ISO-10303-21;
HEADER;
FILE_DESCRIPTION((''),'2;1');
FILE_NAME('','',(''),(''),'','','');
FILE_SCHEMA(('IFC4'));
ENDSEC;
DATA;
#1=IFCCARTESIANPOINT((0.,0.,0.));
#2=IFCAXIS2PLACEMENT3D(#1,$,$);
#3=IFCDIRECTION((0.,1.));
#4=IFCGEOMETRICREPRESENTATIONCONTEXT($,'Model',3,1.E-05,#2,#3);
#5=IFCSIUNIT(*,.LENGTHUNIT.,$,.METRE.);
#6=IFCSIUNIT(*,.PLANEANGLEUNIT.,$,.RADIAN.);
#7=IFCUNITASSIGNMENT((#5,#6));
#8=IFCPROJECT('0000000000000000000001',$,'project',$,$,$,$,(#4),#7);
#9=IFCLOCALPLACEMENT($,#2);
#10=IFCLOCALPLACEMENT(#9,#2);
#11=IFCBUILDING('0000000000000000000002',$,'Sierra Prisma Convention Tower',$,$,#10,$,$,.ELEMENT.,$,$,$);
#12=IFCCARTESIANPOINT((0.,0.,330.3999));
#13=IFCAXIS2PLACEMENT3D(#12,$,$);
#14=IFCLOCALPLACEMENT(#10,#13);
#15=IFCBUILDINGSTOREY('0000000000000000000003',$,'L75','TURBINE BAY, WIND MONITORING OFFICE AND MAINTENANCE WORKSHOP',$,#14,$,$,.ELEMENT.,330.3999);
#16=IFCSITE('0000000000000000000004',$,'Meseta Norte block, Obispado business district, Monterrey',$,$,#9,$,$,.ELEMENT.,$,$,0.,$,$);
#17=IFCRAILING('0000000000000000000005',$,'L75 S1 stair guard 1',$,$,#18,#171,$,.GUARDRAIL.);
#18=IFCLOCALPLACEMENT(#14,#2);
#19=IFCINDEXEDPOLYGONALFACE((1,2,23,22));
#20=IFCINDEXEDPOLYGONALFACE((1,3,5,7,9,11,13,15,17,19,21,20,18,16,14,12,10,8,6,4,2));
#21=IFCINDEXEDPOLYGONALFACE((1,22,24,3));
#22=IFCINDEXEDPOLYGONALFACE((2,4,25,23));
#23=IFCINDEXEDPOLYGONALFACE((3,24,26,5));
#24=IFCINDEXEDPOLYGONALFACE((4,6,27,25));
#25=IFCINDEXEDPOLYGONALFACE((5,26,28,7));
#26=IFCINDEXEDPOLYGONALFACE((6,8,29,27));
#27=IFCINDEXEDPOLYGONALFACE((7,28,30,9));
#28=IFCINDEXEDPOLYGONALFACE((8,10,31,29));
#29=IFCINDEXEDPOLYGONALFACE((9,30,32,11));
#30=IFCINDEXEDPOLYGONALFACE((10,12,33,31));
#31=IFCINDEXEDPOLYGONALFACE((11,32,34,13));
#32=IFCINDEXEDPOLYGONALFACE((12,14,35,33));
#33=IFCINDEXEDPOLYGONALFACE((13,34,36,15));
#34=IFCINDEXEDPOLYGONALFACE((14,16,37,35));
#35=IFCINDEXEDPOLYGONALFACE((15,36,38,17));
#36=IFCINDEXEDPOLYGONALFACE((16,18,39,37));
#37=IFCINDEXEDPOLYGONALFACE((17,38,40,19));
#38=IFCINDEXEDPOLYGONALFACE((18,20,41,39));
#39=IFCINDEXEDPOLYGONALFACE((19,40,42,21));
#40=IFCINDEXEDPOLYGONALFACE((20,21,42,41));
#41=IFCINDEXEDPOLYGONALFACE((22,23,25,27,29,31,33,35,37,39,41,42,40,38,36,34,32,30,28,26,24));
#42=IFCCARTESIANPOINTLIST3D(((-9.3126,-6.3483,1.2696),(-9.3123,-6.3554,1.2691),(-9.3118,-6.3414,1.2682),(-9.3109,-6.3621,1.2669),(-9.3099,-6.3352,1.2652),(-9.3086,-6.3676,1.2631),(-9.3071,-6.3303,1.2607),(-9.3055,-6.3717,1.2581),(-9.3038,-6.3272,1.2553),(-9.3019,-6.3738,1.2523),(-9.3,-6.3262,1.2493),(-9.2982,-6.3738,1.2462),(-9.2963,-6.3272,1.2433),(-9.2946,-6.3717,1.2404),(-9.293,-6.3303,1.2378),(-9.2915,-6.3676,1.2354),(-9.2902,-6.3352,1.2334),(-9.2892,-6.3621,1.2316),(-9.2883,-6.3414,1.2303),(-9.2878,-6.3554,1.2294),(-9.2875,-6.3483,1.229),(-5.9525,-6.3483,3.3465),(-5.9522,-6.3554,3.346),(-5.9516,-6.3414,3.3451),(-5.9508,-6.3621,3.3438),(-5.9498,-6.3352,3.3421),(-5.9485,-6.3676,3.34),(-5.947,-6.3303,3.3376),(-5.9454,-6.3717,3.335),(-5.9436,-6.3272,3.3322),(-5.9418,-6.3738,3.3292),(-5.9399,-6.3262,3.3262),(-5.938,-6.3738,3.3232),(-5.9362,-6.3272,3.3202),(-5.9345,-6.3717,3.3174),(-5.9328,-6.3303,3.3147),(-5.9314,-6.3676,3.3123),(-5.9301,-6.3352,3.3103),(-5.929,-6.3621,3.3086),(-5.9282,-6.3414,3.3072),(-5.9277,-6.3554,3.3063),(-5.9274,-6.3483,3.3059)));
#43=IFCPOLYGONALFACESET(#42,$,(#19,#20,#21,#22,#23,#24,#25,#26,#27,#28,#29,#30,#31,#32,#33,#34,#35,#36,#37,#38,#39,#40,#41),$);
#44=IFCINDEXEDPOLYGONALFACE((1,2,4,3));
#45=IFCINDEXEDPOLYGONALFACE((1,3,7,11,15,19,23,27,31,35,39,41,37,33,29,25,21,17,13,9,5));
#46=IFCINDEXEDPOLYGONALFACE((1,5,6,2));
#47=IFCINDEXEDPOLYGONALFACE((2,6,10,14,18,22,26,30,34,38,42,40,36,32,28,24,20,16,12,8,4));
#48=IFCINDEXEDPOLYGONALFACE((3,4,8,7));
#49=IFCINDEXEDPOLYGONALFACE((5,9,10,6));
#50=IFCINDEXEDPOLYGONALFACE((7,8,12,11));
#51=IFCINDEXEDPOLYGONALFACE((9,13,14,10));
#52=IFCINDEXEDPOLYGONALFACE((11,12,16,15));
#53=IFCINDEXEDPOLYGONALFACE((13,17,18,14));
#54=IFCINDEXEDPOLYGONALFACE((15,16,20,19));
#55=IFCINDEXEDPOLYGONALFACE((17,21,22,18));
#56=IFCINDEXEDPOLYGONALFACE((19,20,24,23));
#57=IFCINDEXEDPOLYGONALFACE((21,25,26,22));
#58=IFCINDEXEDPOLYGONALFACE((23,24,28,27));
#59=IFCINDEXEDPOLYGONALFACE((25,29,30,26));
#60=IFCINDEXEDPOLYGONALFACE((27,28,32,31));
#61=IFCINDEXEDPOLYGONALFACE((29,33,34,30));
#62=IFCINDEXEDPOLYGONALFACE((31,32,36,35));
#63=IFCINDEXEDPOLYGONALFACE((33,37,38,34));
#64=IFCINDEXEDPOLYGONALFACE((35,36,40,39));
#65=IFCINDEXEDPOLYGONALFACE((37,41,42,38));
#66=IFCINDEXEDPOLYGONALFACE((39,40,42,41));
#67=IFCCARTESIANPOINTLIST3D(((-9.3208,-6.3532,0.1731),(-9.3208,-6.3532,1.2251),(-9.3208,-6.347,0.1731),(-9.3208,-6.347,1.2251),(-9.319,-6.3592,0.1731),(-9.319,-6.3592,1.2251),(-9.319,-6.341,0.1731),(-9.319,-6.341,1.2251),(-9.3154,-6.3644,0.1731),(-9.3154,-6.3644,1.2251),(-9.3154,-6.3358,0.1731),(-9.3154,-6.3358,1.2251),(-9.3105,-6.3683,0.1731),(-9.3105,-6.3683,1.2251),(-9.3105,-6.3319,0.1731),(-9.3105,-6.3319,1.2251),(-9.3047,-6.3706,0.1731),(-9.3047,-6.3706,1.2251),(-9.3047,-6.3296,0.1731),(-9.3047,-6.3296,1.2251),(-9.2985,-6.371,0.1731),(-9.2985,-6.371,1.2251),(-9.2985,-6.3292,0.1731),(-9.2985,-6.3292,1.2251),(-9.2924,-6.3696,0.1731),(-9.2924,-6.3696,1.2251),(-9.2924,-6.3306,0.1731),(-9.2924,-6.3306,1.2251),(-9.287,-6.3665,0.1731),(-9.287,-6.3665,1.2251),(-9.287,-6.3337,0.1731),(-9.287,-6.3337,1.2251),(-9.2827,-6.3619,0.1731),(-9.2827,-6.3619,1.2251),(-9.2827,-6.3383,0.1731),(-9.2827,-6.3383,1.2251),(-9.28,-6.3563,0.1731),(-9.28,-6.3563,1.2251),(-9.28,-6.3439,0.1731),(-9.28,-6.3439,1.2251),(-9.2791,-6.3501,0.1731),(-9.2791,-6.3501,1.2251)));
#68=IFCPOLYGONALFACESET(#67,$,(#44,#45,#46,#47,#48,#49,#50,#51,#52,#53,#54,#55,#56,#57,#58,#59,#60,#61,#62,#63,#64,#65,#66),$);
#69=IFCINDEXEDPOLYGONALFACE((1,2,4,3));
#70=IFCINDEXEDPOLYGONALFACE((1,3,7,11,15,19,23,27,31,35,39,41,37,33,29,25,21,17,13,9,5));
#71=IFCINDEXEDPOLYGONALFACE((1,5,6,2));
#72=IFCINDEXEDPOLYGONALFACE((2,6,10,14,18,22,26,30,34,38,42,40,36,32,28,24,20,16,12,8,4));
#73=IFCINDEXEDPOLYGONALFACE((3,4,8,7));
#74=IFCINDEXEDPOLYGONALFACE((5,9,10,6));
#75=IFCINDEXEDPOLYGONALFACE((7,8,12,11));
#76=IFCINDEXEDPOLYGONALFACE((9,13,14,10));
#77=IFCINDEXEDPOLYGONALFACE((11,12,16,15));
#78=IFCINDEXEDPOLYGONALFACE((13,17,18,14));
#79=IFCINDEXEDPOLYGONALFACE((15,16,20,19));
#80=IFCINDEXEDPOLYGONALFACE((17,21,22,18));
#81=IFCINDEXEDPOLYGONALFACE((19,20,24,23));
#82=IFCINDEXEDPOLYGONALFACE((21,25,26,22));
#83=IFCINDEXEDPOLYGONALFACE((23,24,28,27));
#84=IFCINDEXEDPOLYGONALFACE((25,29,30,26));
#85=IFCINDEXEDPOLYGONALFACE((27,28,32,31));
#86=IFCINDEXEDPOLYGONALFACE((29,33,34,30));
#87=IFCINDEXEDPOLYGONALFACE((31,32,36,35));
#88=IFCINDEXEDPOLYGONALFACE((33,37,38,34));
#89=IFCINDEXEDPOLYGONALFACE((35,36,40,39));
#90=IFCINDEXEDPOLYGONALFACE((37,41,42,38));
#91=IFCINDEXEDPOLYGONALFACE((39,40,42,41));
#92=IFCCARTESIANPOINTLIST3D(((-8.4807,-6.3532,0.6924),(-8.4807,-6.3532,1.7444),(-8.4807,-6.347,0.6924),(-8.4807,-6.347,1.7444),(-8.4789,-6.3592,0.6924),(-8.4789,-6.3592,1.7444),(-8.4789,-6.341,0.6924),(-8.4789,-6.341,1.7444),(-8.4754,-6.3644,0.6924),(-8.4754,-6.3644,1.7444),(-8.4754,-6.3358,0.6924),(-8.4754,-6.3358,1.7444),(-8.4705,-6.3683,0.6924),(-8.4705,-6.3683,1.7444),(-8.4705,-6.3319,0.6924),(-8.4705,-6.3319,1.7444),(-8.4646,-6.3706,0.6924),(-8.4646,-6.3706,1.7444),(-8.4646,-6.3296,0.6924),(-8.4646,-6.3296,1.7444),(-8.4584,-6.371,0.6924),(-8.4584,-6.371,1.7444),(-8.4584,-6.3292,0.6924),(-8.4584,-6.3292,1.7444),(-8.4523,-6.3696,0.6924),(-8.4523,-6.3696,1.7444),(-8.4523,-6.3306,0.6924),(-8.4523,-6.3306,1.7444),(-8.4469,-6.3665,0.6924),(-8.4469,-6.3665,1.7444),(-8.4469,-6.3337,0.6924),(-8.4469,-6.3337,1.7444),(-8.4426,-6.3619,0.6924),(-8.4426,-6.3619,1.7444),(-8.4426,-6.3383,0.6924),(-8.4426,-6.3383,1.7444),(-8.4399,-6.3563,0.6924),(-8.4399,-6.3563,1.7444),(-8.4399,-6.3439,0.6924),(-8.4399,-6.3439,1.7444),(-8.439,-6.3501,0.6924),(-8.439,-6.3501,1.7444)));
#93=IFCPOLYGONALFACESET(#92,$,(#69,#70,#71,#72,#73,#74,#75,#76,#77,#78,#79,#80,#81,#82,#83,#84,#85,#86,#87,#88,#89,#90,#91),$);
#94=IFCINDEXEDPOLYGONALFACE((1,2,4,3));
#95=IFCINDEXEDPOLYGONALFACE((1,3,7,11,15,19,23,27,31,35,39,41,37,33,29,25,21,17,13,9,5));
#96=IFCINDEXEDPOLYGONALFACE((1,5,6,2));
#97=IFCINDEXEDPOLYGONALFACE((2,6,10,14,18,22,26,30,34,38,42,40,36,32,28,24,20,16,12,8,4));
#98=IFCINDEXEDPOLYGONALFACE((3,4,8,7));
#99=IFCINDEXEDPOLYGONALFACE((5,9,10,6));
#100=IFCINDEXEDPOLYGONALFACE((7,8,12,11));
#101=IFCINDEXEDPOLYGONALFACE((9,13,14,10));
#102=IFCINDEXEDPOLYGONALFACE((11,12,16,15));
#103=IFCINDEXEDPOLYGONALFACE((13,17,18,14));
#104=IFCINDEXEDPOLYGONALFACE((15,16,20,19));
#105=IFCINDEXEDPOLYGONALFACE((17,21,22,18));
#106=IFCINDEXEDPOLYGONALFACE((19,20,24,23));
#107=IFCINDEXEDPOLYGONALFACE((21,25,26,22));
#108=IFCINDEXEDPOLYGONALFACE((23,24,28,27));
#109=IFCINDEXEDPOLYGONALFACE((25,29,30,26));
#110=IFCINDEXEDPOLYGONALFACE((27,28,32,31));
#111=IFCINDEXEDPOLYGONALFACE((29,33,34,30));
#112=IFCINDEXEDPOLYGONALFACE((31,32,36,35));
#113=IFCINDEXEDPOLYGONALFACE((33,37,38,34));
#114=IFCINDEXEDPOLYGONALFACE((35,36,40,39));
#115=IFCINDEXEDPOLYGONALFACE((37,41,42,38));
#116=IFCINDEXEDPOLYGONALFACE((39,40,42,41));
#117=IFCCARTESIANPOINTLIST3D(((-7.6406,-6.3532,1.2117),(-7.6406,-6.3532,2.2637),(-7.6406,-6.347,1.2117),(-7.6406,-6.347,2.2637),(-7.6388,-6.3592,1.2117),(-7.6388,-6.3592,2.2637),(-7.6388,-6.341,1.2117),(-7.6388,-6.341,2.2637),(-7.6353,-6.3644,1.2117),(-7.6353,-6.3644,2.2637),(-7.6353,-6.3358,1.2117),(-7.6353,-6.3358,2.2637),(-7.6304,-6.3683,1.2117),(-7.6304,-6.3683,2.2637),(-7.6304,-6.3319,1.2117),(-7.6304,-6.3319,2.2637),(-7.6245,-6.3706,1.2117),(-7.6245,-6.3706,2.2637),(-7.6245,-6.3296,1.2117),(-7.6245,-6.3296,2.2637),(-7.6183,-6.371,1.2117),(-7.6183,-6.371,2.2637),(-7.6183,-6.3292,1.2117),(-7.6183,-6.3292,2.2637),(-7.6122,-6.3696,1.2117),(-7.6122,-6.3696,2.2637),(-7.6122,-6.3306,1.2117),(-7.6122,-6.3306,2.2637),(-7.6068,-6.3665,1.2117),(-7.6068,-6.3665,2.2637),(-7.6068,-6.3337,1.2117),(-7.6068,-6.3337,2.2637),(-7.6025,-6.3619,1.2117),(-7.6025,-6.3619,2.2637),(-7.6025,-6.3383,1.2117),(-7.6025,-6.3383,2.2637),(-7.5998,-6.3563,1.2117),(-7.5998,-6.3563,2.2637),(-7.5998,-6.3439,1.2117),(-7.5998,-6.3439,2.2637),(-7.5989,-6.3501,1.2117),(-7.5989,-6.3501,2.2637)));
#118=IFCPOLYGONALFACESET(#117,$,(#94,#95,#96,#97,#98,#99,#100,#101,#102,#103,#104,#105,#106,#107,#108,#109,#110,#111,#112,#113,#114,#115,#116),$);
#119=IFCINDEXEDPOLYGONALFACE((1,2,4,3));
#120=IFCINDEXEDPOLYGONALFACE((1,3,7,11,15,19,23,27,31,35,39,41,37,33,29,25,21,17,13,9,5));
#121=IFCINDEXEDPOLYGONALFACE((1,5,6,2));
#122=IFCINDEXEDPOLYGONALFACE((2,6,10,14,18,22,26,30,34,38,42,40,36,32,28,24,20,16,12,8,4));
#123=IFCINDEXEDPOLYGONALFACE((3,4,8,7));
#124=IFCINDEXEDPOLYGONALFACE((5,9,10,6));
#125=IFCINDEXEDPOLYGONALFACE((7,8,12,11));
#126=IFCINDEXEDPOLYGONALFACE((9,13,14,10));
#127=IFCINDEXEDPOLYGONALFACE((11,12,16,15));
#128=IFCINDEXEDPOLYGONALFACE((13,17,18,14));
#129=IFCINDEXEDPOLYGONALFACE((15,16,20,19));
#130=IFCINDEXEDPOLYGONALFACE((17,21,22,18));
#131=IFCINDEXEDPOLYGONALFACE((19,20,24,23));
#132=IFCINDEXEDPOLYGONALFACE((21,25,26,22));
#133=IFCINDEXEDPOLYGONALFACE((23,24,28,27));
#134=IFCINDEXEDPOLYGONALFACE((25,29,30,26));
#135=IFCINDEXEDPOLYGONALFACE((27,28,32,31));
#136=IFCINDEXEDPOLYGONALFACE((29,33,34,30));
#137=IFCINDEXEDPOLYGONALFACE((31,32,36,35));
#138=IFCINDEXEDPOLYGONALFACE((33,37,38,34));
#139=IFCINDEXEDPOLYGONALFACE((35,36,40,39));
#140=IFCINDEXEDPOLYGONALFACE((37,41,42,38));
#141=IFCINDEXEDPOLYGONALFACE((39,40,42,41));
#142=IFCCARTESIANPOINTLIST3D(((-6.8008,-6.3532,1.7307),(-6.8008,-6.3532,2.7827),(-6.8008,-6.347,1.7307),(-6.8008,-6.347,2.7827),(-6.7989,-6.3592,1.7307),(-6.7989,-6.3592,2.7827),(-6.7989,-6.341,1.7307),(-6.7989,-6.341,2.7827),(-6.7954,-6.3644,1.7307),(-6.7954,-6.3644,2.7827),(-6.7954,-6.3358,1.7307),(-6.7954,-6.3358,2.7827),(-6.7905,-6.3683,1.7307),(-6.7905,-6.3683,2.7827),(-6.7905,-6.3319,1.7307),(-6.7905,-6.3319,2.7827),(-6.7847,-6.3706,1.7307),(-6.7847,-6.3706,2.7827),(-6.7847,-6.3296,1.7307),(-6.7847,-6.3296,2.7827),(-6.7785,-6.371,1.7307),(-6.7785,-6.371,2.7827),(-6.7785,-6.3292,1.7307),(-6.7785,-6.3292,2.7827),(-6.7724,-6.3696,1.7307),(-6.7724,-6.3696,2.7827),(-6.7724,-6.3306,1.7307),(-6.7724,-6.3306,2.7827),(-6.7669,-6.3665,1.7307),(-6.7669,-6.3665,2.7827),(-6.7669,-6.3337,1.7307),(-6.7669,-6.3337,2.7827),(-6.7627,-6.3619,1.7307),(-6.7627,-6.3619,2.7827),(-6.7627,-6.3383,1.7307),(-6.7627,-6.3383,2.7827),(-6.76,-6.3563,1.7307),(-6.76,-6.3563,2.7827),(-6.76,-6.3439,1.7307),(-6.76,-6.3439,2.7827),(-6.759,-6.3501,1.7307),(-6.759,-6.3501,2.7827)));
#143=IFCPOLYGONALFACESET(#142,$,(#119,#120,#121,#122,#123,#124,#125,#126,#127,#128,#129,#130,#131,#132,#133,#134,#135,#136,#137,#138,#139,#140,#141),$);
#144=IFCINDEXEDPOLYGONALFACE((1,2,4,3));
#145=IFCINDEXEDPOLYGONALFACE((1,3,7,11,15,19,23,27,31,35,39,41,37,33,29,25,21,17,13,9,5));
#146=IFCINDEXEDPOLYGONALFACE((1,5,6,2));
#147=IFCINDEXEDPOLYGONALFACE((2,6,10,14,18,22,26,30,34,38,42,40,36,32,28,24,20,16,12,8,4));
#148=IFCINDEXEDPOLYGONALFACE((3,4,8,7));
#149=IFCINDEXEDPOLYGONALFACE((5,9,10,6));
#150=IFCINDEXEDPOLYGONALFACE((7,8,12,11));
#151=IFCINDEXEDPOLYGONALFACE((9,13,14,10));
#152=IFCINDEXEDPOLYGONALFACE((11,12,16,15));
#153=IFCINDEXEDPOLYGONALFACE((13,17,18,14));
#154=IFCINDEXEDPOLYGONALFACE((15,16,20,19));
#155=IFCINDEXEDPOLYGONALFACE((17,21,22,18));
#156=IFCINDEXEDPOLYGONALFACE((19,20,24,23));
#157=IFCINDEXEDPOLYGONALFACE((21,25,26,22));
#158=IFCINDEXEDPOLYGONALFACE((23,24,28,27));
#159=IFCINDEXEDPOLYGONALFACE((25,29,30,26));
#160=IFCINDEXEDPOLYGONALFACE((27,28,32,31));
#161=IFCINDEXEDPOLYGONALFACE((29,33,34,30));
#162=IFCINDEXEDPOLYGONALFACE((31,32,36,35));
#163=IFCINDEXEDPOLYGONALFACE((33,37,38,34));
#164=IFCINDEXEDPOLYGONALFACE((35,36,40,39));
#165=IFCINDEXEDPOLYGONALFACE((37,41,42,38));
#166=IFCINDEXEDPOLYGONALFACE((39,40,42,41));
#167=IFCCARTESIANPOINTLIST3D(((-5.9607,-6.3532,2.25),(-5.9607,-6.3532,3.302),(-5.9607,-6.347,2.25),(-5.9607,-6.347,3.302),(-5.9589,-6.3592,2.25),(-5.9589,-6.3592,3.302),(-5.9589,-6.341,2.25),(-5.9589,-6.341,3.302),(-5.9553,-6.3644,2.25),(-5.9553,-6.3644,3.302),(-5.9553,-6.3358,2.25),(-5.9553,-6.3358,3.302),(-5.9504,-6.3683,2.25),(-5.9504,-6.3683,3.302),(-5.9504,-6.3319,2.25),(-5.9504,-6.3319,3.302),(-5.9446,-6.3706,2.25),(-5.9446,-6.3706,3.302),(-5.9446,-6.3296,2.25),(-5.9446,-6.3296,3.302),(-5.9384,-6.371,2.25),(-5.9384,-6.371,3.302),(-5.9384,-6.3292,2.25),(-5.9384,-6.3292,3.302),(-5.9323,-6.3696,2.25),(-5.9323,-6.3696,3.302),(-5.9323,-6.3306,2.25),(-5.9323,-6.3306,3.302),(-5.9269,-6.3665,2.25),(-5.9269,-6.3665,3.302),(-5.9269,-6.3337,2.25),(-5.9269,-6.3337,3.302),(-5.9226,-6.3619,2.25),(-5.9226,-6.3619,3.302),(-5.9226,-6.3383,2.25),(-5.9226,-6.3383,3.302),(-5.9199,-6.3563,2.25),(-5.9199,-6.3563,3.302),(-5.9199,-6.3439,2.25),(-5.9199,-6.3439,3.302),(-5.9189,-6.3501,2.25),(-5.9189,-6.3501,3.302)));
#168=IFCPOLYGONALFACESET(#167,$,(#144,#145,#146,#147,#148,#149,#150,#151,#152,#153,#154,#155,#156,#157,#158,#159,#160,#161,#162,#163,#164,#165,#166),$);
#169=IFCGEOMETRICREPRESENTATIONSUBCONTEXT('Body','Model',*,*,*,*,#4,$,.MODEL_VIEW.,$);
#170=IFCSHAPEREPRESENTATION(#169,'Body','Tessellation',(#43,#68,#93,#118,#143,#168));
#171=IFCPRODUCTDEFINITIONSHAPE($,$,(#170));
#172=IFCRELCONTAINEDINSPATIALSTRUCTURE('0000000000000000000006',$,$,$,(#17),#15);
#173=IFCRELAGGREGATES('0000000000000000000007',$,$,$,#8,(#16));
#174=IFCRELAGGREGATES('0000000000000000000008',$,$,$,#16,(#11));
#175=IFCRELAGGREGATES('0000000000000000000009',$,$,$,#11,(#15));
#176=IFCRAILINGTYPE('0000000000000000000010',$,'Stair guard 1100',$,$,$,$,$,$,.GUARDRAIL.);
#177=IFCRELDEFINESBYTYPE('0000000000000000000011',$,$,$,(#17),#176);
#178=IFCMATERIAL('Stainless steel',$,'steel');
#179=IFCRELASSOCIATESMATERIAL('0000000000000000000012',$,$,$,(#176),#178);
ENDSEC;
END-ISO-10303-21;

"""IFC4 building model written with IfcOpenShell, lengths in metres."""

from ifc_helpers import new_model, si_unit, direction, frame, origin, origin_2d, place, context, subcontext, project, spatial, circle, extrude, material, type_object, element, save


model = new_model("IFC4")

# Units and contexts
model_context = context("Model", 3, precision=1e-05, world=origin(), true_north=direction((0.0, 1.0)))
body_context = subcontext(model_context, "Body", "Model", "MODEL_VIEW")
ifc_project = project(units=[si_unit("LENGTHUNIT", "METRE"), si_unit("PLANEANGLEUNIT", "RADIAN")], contexts=[model_context])

# Site, building, storey
site_placement = place(None, origin())
site = spatial("IfcSite", under=ifc_project, at=site_placement, Name="Meseta Norte block, Obispado business district, Monterrey", CompositionType="ELEMENT", RefElevation=0.0)
building_placement = place(site_placement, origin())
building = spatial("IfcBuilding", under=site, at=building_placement, Name="Sierra Prisma Convention Tower", CompositionType="ELEMENT")
storey_placement = place(building_placement, frame((0.0, 0.0, 330.3999)))
storey = spatial("IfcBuildingStorey", under=building, at=storey_placement, Name="L75", Description="TURBINE BAY, WIND MONITORING OFFICE AND MAINTENANCE WORKSHOP", CompositionType="ELEMENT", Elevation=330.3999)

# Railing
ifc_material_1 = material(Name="Stainless steel", Category="steel")
railing_type_1 = type_object("IfcRailingType", Name="Stair guard 1100", PredefinedType="GUARDRAIL", material=ifc_material_1)
railing_1_placement = place(storey_placement, frame((-9.3, -6.3501, 0.1731)))
element("IfcRailing", 1, at=railing_1_placement, inside=storey, type_object=railing_type_1, Name="L75 S1 stair guard 1", PredefinedType="GUARDRAIL", context=body_context, shape_type="SweptSolid", body=[
    extrude(circle(Radius=0.0239, at=origin_2d()), frame((0.0, 0.0, 1.0762), z_axis=(0.850623, 0.0, 0.525776), x_axis=(0.0, 1.0, 0.0)), (0.0, 0.0, 1.0), 3.9502),
    extrude(circle(Radius=0.021, at=origin_2d()), origin(), (0.0, 0.0, 1.0), 1.052),
    extrude(circle(Radius=0.021, at=origin_2d()), frame((0.8401, 0.0, 0.5193)), (0.0, 0.0, 1.0), 1.052),
    extrude(circle(Radius=0.021, at=origin_2d()), frame((1.6802, 0.0, 1.0386)), (0.0, 0.0, 1.0), 1.052),
    extrude(circle(Radius=0.021, at=origin_2d()), frame((2.52, 0.0, 1.5576)), (0.0, 0.0, 1.0), 1.052),
    extrude(circle(Radius=0.021, at=origin_2d()), frame((3.3601, 0.0, 2.0769)), (0.0, 0.0, 1.0), 1.052),
])

save(model, "model.ifc")
